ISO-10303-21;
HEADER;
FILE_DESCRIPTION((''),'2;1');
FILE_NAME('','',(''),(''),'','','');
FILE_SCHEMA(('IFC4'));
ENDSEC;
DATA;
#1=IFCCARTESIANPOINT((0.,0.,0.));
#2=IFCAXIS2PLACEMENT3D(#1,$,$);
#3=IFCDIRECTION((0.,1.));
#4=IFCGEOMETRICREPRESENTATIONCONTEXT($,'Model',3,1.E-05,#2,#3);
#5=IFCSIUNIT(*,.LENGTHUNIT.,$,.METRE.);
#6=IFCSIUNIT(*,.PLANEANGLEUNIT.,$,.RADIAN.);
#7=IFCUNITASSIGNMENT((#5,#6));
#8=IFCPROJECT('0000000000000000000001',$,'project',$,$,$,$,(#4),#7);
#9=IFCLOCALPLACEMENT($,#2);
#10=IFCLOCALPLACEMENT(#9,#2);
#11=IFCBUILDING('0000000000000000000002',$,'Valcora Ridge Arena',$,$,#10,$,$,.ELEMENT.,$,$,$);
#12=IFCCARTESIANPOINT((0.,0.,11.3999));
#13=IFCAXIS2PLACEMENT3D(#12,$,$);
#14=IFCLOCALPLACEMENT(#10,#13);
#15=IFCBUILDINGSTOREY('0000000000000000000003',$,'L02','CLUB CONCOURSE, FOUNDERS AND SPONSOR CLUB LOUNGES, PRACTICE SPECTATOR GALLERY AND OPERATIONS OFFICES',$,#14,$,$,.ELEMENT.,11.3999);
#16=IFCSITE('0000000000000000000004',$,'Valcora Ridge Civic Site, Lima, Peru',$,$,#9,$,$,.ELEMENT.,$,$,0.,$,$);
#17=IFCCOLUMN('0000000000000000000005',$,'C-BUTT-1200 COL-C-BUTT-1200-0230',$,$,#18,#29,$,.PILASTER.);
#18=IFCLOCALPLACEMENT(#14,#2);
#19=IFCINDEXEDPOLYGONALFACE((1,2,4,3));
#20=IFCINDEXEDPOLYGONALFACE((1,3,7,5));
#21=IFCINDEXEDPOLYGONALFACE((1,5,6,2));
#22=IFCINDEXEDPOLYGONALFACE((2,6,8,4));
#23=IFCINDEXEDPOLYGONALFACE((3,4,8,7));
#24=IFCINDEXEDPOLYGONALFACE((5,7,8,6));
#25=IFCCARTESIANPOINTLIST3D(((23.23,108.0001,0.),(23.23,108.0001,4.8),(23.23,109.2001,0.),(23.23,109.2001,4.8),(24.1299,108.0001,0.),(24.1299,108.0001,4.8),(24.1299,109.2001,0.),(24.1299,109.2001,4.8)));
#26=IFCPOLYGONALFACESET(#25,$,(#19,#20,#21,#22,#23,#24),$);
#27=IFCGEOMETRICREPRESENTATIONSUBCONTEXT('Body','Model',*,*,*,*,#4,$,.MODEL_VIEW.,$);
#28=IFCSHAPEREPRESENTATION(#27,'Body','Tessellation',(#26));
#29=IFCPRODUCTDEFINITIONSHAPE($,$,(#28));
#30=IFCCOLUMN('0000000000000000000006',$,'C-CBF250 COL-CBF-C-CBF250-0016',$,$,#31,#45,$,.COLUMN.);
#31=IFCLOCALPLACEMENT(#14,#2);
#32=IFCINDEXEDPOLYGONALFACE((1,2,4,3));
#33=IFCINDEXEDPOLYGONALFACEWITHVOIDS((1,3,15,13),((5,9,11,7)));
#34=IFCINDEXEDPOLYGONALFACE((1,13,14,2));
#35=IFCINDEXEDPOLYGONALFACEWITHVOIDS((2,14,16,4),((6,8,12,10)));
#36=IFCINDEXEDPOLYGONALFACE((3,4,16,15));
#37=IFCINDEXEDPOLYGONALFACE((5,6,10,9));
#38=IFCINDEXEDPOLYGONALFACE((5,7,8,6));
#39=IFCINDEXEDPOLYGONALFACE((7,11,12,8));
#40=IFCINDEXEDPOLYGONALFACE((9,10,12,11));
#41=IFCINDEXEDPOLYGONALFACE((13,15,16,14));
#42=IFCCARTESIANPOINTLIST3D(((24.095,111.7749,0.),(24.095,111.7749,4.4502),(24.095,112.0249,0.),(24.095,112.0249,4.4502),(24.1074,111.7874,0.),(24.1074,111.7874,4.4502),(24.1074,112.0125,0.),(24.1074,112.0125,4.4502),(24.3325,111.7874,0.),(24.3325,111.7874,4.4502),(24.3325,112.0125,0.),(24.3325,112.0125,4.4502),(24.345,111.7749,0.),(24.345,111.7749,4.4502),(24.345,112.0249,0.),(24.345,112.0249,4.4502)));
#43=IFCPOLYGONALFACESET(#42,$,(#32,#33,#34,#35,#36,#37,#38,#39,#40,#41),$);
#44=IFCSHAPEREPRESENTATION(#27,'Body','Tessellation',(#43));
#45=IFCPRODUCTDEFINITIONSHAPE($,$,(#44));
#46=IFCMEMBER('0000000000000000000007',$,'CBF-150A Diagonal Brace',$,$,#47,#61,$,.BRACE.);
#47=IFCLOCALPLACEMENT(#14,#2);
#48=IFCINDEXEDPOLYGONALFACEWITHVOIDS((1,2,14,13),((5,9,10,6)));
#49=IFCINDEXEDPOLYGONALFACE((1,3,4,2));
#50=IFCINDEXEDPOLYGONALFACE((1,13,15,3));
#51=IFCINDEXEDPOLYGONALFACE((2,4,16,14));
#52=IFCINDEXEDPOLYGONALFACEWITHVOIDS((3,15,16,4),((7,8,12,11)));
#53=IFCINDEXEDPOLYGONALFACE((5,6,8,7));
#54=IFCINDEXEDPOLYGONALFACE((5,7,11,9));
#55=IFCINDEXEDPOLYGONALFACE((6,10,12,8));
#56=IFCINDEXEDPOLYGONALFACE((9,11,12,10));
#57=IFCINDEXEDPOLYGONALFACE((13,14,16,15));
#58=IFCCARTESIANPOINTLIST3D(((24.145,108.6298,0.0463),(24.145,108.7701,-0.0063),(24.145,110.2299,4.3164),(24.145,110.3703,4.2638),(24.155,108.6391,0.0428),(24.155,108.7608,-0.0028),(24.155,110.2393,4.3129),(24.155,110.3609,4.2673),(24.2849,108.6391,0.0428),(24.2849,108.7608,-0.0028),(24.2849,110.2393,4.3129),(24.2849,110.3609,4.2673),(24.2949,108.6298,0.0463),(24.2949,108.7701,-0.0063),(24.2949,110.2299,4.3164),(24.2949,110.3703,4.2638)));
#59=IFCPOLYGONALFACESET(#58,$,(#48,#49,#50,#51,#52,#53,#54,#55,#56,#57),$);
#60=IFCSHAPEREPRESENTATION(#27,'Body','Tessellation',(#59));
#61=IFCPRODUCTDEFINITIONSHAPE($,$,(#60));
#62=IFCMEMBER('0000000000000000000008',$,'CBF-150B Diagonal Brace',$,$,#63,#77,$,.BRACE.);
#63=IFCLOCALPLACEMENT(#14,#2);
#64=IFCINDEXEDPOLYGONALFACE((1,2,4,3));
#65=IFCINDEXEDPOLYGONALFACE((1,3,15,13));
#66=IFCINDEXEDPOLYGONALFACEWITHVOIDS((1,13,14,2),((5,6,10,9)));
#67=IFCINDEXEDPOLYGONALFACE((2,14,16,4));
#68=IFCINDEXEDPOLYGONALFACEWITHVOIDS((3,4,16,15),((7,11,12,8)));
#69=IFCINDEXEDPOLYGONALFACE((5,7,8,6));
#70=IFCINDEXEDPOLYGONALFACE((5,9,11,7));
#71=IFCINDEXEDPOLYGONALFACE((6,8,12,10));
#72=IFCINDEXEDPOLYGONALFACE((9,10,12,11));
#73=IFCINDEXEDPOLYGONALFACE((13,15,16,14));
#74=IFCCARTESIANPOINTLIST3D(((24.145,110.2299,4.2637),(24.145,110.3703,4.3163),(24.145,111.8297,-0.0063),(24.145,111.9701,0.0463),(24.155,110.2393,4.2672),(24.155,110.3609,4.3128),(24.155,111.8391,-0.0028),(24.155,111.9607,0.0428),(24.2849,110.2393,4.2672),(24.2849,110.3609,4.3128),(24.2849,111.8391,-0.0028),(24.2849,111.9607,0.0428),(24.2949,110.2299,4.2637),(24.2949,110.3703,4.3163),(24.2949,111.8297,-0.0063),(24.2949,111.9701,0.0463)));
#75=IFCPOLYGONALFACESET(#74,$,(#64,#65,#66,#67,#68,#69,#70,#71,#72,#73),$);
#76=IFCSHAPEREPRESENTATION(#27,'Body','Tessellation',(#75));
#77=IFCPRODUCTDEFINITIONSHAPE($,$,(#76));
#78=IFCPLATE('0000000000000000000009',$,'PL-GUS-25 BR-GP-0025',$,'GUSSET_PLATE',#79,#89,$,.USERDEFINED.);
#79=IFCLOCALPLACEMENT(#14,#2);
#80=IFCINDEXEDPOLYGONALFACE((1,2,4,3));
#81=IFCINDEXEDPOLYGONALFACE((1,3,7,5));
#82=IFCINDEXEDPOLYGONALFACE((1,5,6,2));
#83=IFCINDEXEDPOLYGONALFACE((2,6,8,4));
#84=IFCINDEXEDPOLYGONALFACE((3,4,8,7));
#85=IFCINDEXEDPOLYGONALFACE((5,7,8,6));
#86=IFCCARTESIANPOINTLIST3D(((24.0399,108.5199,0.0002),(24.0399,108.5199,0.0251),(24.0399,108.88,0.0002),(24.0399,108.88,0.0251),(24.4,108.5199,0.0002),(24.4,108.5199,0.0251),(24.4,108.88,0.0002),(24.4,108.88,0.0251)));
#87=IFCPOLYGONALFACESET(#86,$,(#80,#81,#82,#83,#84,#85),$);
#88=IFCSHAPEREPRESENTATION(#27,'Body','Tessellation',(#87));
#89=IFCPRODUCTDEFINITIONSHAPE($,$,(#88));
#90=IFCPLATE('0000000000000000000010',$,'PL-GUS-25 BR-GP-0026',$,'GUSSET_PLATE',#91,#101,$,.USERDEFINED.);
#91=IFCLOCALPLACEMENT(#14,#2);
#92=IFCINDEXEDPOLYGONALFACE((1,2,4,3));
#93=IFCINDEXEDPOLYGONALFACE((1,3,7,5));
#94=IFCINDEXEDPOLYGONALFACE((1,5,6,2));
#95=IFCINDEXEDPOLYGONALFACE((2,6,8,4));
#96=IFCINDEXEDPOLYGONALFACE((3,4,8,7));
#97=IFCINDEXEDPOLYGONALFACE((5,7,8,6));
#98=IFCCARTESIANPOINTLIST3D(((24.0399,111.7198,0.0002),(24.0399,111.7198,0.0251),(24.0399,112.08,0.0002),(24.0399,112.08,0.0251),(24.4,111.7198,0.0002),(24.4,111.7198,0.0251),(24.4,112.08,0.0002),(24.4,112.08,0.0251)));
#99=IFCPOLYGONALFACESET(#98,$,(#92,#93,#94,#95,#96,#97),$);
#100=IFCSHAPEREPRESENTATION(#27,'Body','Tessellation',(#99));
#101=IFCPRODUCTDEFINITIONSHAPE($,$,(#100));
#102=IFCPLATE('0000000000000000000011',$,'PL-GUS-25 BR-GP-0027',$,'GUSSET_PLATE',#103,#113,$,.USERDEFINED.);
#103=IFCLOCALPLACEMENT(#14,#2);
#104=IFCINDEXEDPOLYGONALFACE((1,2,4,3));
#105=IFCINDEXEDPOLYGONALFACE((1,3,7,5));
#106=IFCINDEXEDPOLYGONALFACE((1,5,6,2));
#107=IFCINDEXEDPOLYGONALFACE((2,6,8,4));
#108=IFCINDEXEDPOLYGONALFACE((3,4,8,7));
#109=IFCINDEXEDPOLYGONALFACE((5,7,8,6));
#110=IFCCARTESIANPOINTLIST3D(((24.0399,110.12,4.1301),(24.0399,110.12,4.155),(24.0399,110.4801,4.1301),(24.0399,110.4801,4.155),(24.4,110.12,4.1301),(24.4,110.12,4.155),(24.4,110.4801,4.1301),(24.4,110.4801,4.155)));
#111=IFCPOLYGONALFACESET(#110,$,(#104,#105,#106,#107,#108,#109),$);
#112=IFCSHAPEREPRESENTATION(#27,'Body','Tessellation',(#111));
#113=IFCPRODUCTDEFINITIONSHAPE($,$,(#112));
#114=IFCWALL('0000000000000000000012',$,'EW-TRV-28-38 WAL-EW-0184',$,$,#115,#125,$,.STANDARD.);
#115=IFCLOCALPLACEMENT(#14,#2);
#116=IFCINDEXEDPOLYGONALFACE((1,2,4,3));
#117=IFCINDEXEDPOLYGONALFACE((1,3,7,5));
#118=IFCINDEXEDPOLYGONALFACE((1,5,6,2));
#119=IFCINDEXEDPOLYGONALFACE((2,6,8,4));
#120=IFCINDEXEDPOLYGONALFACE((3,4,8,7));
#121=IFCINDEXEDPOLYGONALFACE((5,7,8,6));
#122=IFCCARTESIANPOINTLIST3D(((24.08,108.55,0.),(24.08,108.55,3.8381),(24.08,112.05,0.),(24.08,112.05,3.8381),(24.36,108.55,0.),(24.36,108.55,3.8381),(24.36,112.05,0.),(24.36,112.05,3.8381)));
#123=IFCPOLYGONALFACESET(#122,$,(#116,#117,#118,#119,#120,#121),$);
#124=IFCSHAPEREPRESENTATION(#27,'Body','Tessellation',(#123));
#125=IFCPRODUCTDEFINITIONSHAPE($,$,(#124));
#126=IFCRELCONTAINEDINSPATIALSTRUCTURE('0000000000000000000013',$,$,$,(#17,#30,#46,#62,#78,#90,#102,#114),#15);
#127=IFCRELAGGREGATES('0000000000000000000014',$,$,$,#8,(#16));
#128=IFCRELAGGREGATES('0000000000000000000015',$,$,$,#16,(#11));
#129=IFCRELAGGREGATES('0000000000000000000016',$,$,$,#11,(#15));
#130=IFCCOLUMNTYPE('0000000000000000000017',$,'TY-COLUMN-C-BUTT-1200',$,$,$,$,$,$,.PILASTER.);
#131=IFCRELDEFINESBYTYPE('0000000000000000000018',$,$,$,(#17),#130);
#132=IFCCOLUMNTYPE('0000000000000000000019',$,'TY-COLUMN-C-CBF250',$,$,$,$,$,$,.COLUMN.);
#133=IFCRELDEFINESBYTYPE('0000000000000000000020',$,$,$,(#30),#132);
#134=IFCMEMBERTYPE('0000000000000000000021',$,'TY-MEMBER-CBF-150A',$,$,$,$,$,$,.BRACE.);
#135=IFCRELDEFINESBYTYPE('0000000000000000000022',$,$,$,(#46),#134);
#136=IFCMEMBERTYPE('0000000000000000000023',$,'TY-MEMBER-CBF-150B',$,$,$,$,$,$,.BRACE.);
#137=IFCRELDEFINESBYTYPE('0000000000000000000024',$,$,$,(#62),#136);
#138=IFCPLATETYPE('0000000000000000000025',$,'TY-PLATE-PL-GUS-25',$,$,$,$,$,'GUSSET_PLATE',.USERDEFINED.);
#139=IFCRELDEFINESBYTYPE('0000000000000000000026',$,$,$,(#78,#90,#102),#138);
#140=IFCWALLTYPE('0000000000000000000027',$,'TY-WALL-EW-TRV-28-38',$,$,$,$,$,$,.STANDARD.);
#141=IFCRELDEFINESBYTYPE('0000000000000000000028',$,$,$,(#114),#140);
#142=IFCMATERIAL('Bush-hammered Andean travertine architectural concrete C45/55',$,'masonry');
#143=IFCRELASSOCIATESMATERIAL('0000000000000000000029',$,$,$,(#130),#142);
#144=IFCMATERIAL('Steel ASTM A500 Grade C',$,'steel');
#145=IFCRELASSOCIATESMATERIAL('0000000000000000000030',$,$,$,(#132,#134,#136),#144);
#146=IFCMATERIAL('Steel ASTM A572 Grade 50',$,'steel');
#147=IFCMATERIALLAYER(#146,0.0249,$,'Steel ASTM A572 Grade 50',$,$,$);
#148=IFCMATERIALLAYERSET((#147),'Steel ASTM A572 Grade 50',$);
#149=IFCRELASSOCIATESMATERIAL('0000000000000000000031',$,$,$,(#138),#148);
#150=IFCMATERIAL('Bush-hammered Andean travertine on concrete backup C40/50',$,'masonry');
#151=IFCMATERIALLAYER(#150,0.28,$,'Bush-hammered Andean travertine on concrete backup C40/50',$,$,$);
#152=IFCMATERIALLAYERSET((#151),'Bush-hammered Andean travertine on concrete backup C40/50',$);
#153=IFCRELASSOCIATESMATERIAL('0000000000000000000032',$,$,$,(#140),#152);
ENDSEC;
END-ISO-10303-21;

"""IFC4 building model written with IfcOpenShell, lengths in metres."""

from ifc_helpers import new_model, si_unit, direction, frame, frame_2d, origin, origin_2d, place, context, subcontext, project, spatial, rectangle, hollow_rectangle, extrude, material, layer, layer_set, material_profile, profile_set, type_object, element, save


model = new_model("IFC4")

# Units and contexts
model_context = context("Model", 3, precision=1e-05, world=origin(), true_north=direction((0.0, 1.0)))
body_context = subcontext(model_context, "Body", "Model", "MODEL_VIEW")
ifc_project = project(units=[si_unit("LENGTHUNIT", "METRE"), si_unit("PLANEANGLEUNIT", "RADIAN")], contexts=[model_context])

# Site, building, storey
site_placement = place(None, origin())
site = spatial("IfcSite", under=ifc_project, at=site_placement, Name="Valcora Ridge Civic Site, Lima, Peru", CompositionType="ELEMENT", RefElevation=0.0)
building_placement = place(site_placement, origin())
building = spatial("IfcBuilding", under=site, at=building_placement, Name="Valcora Ridge Arena", CompositionType="ELEMENT")
storey_placement = place(building_placement, frame((0.0, 0.0, 11.3999)))
storey = spatial("IfcBuildingStorey", under=building, at=storey_placement, Name="L02", Description="CLUB CONCOURSE, FOUNDERS AND SPONSOR CLUB LOUNGES, PRACTICE SPECTATOR GALLERY AND OPERATIONS OFFICES", CompositionType="ELEMENT", Elevation=11.3999)

# Columns
ifc_material_1 = material(Name="Bush-hammered Andean travertine architectural concrete C45/55", Category="masonry")
ifc_material_profile_1 = material_profile(ifc_material_1, rectangle(XDim=0.8999, YDim=1.2, at=origin_2d()), Name="RC 900x1200")
ifc_profile_set_1 = profile_set([ifc_material_profile_1], Name="Bush-hammered Andean travertine architectural concrete C45/55")
column_type_1 = type_object("IfcColumnType", Name="TY-COLUMN-C-BUTT-1200", PredefinedType="PILASTER", material=ifc_profile_set_1)
column_1_placement = place(storey_placement, frame((23.6799, 108.6001, 0.0), z_axis=(0.0, 0.0, 1.0), x_axis=(1.0, 0.0, 0.0)))
element("IfcColumn", 1, at=column_1_placement, inside=storey, type_object=column_type_1, Name="C-BUTT-1200 COL-C-BUTT-1200-0230", PredefinedType="PILASTER", context=body_context, shape_type="SweptSolid", body=[
    extrude(rectangle(XDim=0.8999, YDim=1.2, at=origin_2d()), origin(), (0.0, 0.0, 1.0), 4.8),
])
ifc_material_2 = material(Name="Steel ASTM A500 Grade C", Category="steel")
ifc_material_profile_2 = material_profile(ifc_material_2, hollow_rectangle(XDim=0.25, YDim=0.25, WallThickness=0.0125, at=origin_2d()), Name="HSS250X250X12")
ifc_profile_set_2 = profile_set([ifc_material_profile_2], Name="Steel ASTM A500 Grade C")
column_type_2 = type_object("IfcColumnType", Name="TY-COLUMN-C-CBF250", PredefinedType="COLUMN", material=ifc_profile_set_2)
column_2_placement = place(storey_placement, frame((24.22, 111.8999, 0.0), z_axis=(0.0, 0.0, 1.0), x_axis=(1.0, 0.0, 0.0)))
element("IfcColumn", 2, at=column_2_placement, inside=storey, type_object=column_type_2, Name="C-CBF250 COL-CBF-C-CBF250-0016", PredefinedType="COLUMN", context=body_context, shape_type="SweptSolid", body=[
    extrude(hollow_rectangle(XDim=0.25, YDim=0.25, WallThickness=0.0125, at=origin_2d()), origin(), (0.0, 0.0, 1.0), 4.4502),
])

# Members
ifc_material_profile_3 = material_profile(ifc_material_2, hollow_rectangle(XDim=0.1499, YDim=0.1499, WallThickness=0.01, at=origin_2d()), Name="HSS150X150X10")
ifc_profile_set_3 = profile_set([ifc_material_profile_3], Name="Steel ASTM A500 Grade C")
member_type_1 = type_object("IfcMemberType", Name="TY-MEMBER-CBF-150A", PredefinedType="BRACE", material=ifc_profile_set_3)
member_1_placement = place(storey_placement, frame((24.22, 108.7, 0.02), z_axis=(0.0, 0.3509, 0.936413), x_axis=(-1.0, 0.0, 0.0)))
element("IfcMember", 3, at=member_1_placement, inside=storey, type_object=member_type_1, Name="CBF-150A Diagonal Brace", PredefinedType="BRACE", context=body_context, shape_type="SweptSolid", body=[
    extrude(hollow_rectangle(XDim=0.1499, YDim=0.1499, WallThickness=0.01, at=origin_2d()), origin(), (0.0, 0.0, 1.0), 4.5601),
])
ifc_material_profile_4 = material_profile(ifc_material_2, hollow_rectangle(XDim=0.1499, YDim=0.1499, WallThickness=0.01, at=origin_2d()), Name="HSS150X150X10")
ifc_profile_set_4 = profile_set([ifc_material_profile_4], Name="Steel ASTM A500 Grade C")
member_type_2 = type_object("IfcMemberType", Name="TY-MEMBER-CBF-150B", PredefinedType="BRACE", material=ifc_profile_set_4)
member_2_placement = place(storey_placement, frame((24.22, 111.8999, 0.02), z_axis=(0.0, -0.350854, 0.93643), x_axis=(1.0, 0.0, 0.0)))
element("IfcMember", 4, at=member_2_placement, inside=storey, type_object=member_type_2, Name="CBF-150B Diagonal Brace", PredefinedType="BRACE", context=body_context, shape_type="SweptSolid", body=[
    extrude(hollow_rectangle(XDim=0.1499, YDim=0.1499, WallThickness=0.01, at=origin_2d()), origin(), (0.0, 0.0, 1.0), 4.5598),
])

# Plates
ifc_material_3 = material(Name="Steel ASTM A572 Grade 50", Category="steel")
ifc_layer_1 = layer(ifc_material_3, 0.0249, Name="Steel ASTM A572 Grade 50")
ifc_layer_set_1 = layer_set([ifc_layer_1], Name="Steel ASTM A572 Grade 50")
plate_type = type_object("IfcPlateType", Name="TY-PLATE-PL-GUS-25", ElementType="GUSSET_PLATE", PredefinedType="USERDEFINED", material=ifc_layer_set_1)
for number, where, z_axis, x_axis, name in (
    (5, (24.22, 108.7, 0.0002), (0.0, 0.0, 1.0), (1.0, 0.0, 0.0), "PL-GUS-25 BR-GP-0025"),
    (6, (24.22, 111.8999, 0.0002), (0.0, 0.0, 1.0), (1.0, 0.0, 0.0), "PL-GUS-25 BR-GP-0026"),
    (7, (24.22, 110.3, 4.1301), (0.0, 0.0, 1.0), (1.0, 0.0, 0.0), "PL-GUS-25 BR-GP-0027"),
):
    element("IfcPlate", number, at=place(storey_placement, frame(where, z_axis=z_axis, x_axis=x_axis)), inside=storey, type_object=plate_type, Name=name, ObjectType="GUSSET_PLATE", PredefinedType="USERDEFINED", context=body_context, shape_type="SweptSolid", body=[
        extrude(rectangle(XDim=0.3601, YDim=0.3601, at=origin_2d()), origin(), (0.0, 0.0, 1.0), 0.0249),
    ])

# Wall
ifc_material_4 = material(Name="Bush-hammered Andean travertine on concrete backup C40/50", Category="masonry")
ifc_layer_2 = layer(ifc_material_4, 0.28, Name="Bush-hammered Andean travertine on concrete backup C40/50")
ifc_layer_set_2 = layer_set([ifc_layer_2], Name="Bush-hammered Andean travertine on concrete backup C40/50")
wall_type = type_object("IfcWallType", Name="TY-WALL-EW-TRV-28-38", PredefinedType="STANDARD", material=ifc_layer_set_2)
wall_1_placement = place(storey_placement, frame((24.22, 108.55, 0.0), z_axis=(0.0, 0.0, 1.0), x_axis=(0.0, 1.0, 0.0)))
element("IfcWall", 8, at=wall_1_placement, inside=storey, type_object=wall_type, Name="EW-TRV-28-38 WAL-EW-0184", PredefinedType="STANDARD", context=body_context, shape_type="SweptSolid", body=[
    extrude(rectangle(XDim=3.5, YDim=0.28, at=frame_2d((1.75, 0.0))), origin(), (0.0, 0.0, 1.0), 3.8381),
])

save(model, "model.ifc")
